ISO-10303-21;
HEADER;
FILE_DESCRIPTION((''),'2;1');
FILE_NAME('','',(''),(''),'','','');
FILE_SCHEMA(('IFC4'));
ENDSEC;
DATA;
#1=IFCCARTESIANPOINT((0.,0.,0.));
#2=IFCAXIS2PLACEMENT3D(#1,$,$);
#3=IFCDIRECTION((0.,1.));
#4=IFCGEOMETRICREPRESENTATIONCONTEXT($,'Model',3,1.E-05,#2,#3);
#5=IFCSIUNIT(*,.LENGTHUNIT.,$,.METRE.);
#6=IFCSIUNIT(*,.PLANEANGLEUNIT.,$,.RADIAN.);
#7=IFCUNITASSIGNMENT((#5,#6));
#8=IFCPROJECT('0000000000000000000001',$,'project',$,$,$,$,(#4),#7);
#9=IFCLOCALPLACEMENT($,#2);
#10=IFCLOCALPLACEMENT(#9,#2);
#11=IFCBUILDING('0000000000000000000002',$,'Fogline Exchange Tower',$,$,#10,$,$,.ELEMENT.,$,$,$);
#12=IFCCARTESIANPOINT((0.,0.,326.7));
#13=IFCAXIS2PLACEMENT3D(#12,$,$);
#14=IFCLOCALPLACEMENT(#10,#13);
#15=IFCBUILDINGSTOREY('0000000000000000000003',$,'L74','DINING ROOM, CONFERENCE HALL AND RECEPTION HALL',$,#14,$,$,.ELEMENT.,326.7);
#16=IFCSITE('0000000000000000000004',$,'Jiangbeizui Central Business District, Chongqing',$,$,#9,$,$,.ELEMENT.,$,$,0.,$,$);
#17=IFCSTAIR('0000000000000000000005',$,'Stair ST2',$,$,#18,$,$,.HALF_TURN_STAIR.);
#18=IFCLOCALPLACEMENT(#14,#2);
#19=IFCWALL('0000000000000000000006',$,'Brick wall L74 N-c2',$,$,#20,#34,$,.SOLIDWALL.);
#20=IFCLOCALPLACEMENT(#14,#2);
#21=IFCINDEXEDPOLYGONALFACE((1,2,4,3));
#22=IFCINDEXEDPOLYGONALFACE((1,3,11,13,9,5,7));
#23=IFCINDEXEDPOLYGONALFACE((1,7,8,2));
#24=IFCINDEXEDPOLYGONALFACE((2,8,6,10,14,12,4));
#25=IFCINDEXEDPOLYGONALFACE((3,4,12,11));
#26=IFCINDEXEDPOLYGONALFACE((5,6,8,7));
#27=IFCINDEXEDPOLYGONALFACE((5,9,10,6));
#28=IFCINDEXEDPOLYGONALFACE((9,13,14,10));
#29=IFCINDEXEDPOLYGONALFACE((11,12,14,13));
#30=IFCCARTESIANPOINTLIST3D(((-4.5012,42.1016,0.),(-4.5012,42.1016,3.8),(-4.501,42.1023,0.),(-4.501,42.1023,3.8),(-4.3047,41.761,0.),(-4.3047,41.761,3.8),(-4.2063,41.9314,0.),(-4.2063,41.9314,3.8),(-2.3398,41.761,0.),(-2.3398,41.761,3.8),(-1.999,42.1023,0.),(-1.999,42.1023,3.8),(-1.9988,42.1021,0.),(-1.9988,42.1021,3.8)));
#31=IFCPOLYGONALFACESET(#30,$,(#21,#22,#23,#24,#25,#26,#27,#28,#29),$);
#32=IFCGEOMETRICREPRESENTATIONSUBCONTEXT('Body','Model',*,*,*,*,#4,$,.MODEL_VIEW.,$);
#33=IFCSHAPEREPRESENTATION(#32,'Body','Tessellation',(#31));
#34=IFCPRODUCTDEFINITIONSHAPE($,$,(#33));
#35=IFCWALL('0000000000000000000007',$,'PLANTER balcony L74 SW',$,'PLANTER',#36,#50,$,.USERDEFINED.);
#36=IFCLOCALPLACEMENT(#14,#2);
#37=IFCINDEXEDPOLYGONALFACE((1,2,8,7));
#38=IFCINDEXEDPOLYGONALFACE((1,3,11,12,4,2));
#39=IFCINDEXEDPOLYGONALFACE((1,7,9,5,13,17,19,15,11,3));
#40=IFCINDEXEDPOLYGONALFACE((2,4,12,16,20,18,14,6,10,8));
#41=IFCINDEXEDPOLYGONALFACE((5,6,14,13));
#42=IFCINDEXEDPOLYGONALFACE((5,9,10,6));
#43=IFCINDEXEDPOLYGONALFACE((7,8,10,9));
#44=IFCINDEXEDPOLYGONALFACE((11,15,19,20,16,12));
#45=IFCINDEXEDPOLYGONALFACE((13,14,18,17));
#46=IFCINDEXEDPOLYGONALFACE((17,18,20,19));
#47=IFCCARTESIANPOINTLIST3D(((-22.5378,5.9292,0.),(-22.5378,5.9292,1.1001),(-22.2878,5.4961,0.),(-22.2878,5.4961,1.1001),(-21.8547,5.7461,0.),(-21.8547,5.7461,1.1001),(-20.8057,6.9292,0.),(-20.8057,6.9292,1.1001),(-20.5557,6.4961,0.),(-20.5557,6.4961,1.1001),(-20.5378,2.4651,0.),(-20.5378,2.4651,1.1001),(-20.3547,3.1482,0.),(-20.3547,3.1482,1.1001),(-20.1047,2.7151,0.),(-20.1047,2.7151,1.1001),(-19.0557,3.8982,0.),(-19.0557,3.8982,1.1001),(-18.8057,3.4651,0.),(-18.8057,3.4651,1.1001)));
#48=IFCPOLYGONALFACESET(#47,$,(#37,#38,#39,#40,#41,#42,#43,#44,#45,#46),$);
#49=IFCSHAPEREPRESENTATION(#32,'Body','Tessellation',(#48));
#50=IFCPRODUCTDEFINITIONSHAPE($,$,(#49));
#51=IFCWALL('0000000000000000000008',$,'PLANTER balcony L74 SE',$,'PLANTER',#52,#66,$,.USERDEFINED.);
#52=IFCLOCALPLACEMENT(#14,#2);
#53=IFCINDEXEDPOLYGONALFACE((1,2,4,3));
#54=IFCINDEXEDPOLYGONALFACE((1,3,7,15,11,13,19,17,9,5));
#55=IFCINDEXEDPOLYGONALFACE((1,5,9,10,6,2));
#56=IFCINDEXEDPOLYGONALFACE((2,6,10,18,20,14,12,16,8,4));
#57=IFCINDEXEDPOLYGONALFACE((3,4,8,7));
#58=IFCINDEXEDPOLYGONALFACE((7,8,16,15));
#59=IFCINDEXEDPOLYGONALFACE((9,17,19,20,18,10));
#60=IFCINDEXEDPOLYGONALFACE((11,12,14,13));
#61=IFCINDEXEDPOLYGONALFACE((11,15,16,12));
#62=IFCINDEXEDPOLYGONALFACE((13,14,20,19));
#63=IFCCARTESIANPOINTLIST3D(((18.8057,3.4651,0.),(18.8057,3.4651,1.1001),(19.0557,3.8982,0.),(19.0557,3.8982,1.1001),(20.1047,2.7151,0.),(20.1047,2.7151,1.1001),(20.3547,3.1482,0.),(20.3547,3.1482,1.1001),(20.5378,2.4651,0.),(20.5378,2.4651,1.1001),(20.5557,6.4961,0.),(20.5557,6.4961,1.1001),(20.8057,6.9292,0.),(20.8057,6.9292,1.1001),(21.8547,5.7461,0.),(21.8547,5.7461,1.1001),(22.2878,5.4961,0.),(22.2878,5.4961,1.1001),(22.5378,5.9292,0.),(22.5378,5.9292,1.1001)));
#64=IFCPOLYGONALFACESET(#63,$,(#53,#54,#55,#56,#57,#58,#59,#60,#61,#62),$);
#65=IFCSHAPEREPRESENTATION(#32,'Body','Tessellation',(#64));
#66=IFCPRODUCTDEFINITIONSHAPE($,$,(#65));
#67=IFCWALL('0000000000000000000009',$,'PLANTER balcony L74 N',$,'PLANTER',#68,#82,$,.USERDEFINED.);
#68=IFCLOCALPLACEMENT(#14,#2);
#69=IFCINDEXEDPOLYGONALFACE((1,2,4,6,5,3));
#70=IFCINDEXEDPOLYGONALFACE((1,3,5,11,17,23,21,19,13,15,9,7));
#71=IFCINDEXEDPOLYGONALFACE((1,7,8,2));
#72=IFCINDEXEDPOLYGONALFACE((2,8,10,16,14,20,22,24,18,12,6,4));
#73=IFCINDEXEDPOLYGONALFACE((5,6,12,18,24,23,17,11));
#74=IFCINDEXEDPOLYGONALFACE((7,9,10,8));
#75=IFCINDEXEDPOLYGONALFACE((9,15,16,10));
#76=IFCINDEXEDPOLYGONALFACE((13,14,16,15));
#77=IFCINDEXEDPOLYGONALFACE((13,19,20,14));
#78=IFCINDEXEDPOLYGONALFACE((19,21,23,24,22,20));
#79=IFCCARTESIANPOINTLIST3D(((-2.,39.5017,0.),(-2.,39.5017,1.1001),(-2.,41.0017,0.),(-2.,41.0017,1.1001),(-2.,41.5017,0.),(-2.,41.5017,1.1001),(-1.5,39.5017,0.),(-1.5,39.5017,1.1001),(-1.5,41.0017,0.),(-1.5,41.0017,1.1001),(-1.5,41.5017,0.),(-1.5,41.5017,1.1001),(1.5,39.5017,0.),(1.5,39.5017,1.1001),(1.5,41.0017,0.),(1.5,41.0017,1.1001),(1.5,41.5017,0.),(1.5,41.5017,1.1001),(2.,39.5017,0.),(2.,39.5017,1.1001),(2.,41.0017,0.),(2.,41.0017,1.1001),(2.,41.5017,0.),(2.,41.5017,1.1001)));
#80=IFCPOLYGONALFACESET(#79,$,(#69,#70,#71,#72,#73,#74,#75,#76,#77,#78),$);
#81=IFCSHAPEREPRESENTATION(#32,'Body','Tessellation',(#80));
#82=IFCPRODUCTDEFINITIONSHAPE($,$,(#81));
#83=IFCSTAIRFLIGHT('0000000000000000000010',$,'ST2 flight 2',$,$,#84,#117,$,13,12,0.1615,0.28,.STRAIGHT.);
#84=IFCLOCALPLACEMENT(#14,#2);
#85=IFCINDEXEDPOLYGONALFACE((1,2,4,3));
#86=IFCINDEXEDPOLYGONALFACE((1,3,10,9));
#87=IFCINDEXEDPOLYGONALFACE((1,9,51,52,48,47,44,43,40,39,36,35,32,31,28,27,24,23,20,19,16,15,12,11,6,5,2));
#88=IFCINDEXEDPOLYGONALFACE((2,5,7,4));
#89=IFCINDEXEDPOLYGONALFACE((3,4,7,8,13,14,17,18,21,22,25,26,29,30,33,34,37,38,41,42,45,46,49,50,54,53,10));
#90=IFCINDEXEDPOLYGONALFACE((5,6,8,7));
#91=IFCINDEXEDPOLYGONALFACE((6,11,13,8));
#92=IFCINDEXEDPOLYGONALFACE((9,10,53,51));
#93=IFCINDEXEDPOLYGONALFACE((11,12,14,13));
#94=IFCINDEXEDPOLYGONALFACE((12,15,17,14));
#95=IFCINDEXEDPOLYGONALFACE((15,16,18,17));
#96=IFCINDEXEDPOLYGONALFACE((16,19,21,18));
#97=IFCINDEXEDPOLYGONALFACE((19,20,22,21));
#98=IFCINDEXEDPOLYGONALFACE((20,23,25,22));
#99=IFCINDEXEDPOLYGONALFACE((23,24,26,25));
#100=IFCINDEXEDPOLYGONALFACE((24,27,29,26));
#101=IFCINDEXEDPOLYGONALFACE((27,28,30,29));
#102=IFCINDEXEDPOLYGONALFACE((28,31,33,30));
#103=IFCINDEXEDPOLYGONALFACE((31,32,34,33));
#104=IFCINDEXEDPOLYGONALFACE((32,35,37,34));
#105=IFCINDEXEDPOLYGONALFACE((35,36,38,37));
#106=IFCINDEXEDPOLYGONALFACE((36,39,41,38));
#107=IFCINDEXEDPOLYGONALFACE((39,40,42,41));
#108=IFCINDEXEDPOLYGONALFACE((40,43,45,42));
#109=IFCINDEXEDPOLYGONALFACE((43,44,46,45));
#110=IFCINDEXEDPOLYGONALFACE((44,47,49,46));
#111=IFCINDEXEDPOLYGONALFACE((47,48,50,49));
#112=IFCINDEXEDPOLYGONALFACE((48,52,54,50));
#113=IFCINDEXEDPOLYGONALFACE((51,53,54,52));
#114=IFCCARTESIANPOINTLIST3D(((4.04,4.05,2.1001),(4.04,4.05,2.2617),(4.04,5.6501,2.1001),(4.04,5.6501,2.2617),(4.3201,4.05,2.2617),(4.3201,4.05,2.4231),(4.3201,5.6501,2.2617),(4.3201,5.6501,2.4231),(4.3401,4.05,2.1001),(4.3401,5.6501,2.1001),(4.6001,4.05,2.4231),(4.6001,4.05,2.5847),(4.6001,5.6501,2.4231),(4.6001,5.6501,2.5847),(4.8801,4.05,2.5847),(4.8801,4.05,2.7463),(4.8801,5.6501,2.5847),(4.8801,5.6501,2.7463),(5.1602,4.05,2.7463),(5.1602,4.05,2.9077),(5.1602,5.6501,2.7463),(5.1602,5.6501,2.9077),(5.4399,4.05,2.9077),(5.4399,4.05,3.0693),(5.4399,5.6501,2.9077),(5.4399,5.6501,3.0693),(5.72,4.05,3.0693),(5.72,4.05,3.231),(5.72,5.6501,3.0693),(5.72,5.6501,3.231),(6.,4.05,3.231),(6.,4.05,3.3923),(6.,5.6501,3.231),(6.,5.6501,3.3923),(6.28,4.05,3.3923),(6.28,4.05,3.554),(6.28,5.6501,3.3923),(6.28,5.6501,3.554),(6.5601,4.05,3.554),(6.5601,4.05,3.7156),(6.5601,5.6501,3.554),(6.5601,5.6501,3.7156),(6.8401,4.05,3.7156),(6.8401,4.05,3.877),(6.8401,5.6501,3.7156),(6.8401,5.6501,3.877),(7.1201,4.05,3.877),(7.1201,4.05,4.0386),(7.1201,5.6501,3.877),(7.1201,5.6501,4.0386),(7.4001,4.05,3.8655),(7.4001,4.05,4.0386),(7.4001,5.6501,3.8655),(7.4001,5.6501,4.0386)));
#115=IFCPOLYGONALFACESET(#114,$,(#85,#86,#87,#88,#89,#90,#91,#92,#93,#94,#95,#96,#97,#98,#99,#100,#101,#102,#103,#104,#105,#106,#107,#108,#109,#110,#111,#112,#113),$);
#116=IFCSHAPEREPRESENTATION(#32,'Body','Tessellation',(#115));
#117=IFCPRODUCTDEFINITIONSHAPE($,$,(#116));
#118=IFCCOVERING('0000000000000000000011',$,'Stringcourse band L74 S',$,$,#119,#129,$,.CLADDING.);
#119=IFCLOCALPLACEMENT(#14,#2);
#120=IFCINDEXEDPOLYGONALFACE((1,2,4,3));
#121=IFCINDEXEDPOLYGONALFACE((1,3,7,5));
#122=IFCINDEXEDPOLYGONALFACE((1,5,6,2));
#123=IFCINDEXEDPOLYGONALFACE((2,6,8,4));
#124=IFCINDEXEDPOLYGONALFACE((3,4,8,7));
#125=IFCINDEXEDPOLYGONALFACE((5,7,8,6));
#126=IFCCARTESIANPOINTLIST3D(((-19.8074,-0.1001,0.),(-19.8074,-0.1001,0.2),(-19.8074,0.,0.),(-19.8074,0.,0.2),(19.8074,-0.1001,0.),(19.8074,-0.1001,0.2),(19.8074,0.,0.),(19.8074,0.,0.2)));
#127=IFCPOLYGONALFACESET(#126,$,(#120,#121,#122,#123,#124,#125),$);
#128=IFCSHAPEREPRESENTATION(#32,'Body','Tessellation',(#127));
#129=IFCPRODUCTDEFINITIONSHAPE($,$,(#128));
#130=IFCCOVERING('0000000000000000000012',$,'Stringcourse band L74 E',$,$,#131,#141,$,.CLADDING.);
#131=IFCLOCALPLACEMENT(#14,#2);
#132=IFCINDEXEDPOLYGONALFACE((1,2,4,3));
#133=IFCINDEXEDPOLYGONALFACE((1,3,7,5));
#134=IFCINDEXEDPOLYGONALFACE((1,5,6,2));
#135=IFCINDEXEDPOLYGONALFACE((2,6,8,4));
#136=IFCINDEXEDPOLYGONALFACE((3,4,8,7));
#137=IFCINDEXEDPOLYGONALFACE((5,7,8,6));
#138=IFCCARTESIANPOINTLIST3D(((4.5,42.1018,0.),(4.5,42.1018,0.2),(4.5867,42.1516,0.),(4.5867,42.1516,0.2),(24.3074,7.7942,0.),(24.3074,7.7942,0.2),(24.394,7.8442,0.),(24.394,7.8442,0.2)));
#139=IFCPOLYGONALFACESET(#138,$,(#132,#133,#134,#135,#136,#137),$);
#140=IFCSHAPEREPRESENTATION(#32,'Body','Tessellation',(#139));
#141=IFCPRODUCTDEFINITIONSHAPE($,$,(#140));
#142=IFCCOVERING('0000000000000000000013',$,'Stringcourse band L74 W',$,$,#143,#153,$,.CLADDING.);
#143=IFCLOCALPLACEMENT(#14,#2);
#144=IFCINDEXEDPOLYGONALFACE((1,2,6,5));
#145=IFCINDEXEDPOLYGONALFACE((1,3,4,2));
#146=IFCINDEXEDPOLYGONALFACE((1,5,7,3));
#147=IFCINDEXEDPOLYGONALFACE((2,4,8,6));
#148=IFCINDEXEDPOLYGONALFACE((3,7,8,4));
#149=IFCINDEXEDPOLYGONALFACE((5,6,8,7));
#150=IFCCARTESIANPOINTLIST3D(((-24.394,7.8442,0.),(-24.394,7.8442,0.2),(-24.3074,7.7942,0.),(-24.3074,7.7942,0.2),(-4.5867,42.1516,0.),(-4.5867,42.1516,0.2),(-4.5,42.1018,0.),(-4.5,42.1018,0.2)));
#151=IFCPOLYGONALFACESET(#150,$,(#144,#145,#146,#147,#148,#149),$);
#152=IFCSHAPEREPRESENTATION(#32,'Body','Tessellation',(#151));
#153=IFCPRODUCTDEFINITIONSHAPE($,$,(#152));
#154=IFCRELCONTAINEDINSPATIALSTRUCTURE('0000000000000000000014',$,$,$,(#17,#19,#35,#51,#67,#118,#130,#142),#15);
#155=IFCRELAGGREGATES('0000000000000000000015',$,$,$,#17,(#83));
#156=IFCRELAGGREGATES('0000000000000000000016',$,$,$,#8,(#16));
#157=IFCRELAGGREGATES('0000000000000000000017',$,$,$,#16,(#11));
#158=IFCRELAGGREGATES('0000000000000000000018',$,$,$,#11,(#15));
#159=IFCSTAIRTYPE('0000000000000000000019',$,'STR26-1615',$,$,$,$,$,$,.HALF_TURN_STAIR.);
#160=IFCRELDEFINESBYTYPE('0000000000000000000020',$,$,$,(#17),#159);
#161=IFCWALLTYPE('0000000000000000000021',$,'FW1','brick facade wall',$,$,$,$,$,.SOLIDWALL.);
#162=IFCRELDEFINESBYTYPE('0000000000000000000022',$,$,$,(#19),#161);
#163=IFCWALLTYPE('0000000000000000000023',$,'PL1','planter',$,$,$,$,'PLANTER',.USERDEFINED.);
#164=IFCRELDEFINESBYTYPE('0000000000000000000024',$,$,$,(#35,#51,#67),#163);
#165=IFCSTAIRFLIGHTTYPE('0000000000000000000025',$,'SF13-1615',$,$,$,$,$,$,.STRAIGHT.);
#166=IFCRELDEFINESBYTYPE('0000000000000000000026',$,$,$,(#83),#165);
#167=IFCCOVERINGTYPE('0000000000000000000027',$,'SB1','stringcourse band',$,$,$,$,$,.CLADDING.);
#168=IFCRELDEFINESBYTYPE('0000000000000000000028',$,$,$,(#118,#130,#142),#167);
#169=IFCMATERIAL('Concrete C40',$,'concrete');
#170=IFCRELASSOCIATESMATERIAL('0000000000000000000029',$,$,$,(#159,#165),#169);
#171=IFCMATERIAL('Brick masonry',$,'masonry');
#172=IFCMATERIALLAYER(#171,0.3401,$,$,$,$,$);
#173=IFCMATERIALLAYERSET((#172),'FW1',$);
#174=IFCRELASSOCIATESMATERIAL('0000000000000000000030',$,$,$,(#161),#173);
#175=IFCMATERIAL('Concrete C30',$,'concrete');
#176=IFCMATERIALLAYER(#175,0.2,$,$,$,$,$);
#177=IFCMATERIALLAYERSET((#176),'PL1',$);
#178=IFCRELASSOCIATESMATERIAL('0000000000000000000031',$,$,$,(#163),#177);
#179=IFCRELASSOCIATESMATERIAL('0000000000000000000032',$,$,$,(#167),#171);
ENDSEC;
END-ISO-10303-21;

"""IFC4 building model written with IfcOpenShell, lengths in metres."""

from ifc_helpers import new_model, si_unit, direction, frame, origin, place, context, subcontext, project, spatial, polyline, outline, extrude, material, layer, layer_set, type_object, element, aggregate, save


model = new_model("IFC4")

# Units and contexts
model_context = context("Model", 3, precision=1e-05, world=origin(), true_north=direction((0.0, 1.0)))
body_context = subcontext(model_context, "Body", "Model", "MODEL_VIEW")
ifc_project = project(units=[si_unit("LENGTHUNIT", "METRE"), si_unit("PLANEANGLEUNIT", "RADIAN")], contexts=[model_context])

# Site, building, storey
site_placement = place(None, origin())
site = spatial("IfcSite", under=ifc_project, at=site_placement, Name="Jiangbeizui Central Business District, Chongqing", CompositionType="ELEMENT", RefElevation=0.0)
building_placement = place(site_placement, origin())
building = spatial("IfcBuilding", under=site, at=building_placement, Name="Fogline Exchange Tower", CompositionType="ELEMENT")
storey_placement = place(building_placement, frame((0.0, 0.0, 326.7)))
storey = spatial("IfcBuildingStorey", under=building, at=storey_placement, Name="L74", Description="DINING ROOM, CONFERENCE HALL AND RECEPTION HALL", CompositionType="ELEMENT", Elevation=326.7)

# Shared definitions
ifc_material_1 = material(Name="Concrete C40", Category="concrete")

# Stair
stair_type = type_object("IfcStairType", Name="STR26-1615", PredefinedType="HALF_TURN_STAIR", material=ifc_material_1)
stair_1_placement = place(storey_placement, origin())
stair_1 = element("IfcStair", 1, at=stair_1_placement, inside=storey, type_object=stair_type, Name="Stair ST2", PredefinedType="HALF_TURN_STAIR")

# Walls
ifc_material_2 = material(Name="Brick masonry", Category="masonry")
ifc_layer_1 = layer(ifc_material_2, 0.3401)
ifc_layer_set_1 = layer_set([ifc_layer_1], Name="FW1")
wall_type_1 = type_object("IfcWallType", Name="FW1", Description="brick facade wall", PredefinedType="SOLIDWALL", material=ifc_layer_set_1)
wall_1_placement = place(storey_placement, origin())
element("IfcWall", 2, at=wall_1_placement, inside=storey, type_object=wall_type_1, Name="Brick wall L74 N-c2", PredefinedType="SOLIDWALL", context=body_context, shape_type="SweptSolid", body=[
    extrude(outline(polyline([(-4.3047, 41.761), (-4.2063, 41.9314), (-4.5012, 42.1016), (-4.501, 42.1023), (-1.999, 42.1023), (-1.9988, 42.1021), (-2.3398, 41.761), (-4.3047, 41.761)])), origin(), (0.0, 0.0, 1.0), 3.8),
])
ifc_material_3 = material(Name="Concrete C30", Category="concrete")
ifc_layer_2 = layer(ifc_material_3, 0.2)
ifc_layer_set_2 = layer_set([ifc_layer_2], Name="PL1")
wall_type_2 = type_object("IfcWallType", Name="PL1", Description="planter", ElementType="PLANTER", PredefinedType="USERDEFINED", material=ifc_layer_set_2)
wall_2_placement = place(storey_placement, origin())
element("IfcWall", 3, at=wall_2_placement, inside=storey, type_object=wall_type_2, Name="PLANTER balcony L74 SW", ObjectType="PLANTER", PredefinedType="USERDEFINED", context=body_context, shape_type="SweptSolid", body=[
    extrude(outline(polyline([(-19.0557, 3.8982), (-20.3547, 3.1482), (-21.8547, 5.7461), (-20.5557, 6.4961), (-20.8057, 6.9292), (-22.5378, 5.9292), (-22.2878, 5.4961), (-20.5378, 2.4651), (-20.1047, 2.7151), (-20.1047, 2.7151), (-18.8057, 3.4651), (-19.0557, 3.8982)])), origin(), (0.0, 0.0, 1.0), 1.1001),
])
wall_3_placement = place(storey_placement, origin())
element("IfcWall", 4, at=wall_3_placement, inside=storey, type_object=wall_type_2, Name="PLANTER balcony L74 SE", ObjectType="PLANTER", PredefinedType="USERDEFINED", context=body_context, shape_type="SweptSolid", body=[
    extrude(outline(polyline([(18.8057, 3.4651), (20.1047, 2.7151), (20.1047, 2.7151), (20.5378, 2.4651), (22.2878, 5.4961), (22.5378, 5.9292), (20.8057, 6.9292), (20.5557, 6.4961), (21.8547, 5.7461), (20.3547, 3.1482), (19.0557, 3.8982), (18.8057, 3.4651)])), origin(), (0.0, 0.0, 1.0), 1.1001),
])
wall_4_placement = place(storey_placement, origin())
element("IfcWall", 5, at=wall_4_placement, inside=storey, type_object=wall_type_2, Name="PLANTER balcony L74 N", ObjectType="PLANTER", PredefinedType="USERDEFINED", context=body_context, shape_type="SweptSolid", body=[
    extrude(outline(polyline([(-1.5, 41.5017), (-2.0, 41.5017), (-2.0, 41.0017), (-2.0, 39.5017), (-1.5, 39.5017), (-1.5, 41.0017), (1.5, 41.0017), (1.5, 39.5017), (2.0, 39.5017), (2.0, 41.0017), (2.0, 41.5017), (1.5, 41.5017), (-1.5, 41.5017)])), origin(), (0.0, 0.0, 1.0), 1.1001),
])

# Stair flight
stair_flight_type = type_object("IfcStairFlightType", Name="SF13-1615", PredefinedType="STRAIGHT", material=ifc_material_1)
stair_flight_placement = place(storey_placement, frame((4.04, 4.8501, 2.1001), z_axis=(0.0, 0.0, 1.0), x_axis=(1.0, 0.0, 0.0)))
stair_flight = element("IfcStairFlight", 6, at=stair_flight_placement, type_object=stair_flight_type, Name="ST2 flight 2", NumberOfRisers=13, NumberOfTreads=12, PredefinedType="STRAIGHT", RiserHeight=0.1615, TreadLength=0.28, context=body_context, shape_type="SweptSolid", body=[
    extrude(outline(polyline([(0.0, 0.0), (0.0, 0.1616), (0.28, 0.1616), (0.28, 0.323), (0.5601, 0.323), (0.5601, 0.4846), (0.8401, 0.4846), (0.8401, 0.6462), (1.1201, 0.6462), (1.1201, 0.8076), (1.3999, 0.8076), (1.3999, 0.9692), (1.6799, 0.9692), (1.6799, 1.1309), (1.96, 1.1309), (1.96, 1.2922), (2.24, 1.2922), (2.24, 1.4539), (2.52, 1.4539), (2.52, 1.6155), (2.8, 1.6155), (2.8, 1.7769), (3.0801, 1.7769), (3.0801, 1.9385), (3.3601, 1.9385), (3.3601, 2.1001), (3.3601, 1.7654), (0.3, 0.0), (0.0, 0.0)])), frame((0.0, 0.8, 0.0), z_axis=(0.0, -1.0, 0.0), x_axis=(1.0, 0.0, 0.0)), (0.0, 0.0, 1.0), 1.6001),
])
aggregate(stair_1, [stair_flight])

# Coverings
covering_type = type_object("IfcCoveringType", Name="SB1", Description="stringcourse band", PredefinedType="CLADDING", material=ifc_material_2)
covering_1_placement = place(storey_placement, origin())
element("IfcCovering", 7, at=covering_1_placement, inside=storey, type_object=covering_type, Name="Stringcourse band L74 S", PredefinedType="CLADDING", context=body_context, shape_type="SweptSolid", body=[
    extrude(outline(polyline([(-19.8074, 0.0), (-19.8074, -0.1001), (19.8074, -0.1001), (19.8074, 0.0), (-19.8074, 0.0)])), origin(), (0.0, 0.0, 1.0), 0.2),
])
covering_2_placement = place(storey_placement, origin())
element("IfcCovering", 8, at=covering_2_placement, inside=storey, type_object=covering_type, Name="Stringcourse band L74 E", PredefinedType="CLADDING", context=body_context, shape_type="SweptSolid", body=[
    extrude(outline(polyline([(24.3074, 7.7942), (24.394, 7.8442), (4.5867, 42.1516), (4.5, 42.1018), (24.3074, 7.7942)])), origin(), (0.0, 0.0, 1.0), 0.2),
])
covering_3_placement = place(storey_placement, origin())
element("IfcCovering", 9, at=covering_3_placement, inside=storey, type_object=covering_type, Name="Stringcourse band L74 W", PredefinedType="CLADDING", context=body_context, shape_type="SweptSolid", body=[
    extrude(outline(polyline([(-4.5, 42.1018), (-4.5867, 42.1516), (-24.394, 7.8442), (-24.3074, 7.7942), (-4.5, 42.1018)])), origin(), (0.0, 0.0, 1.0), 0.2),
])

save(model, "model.ifc")
